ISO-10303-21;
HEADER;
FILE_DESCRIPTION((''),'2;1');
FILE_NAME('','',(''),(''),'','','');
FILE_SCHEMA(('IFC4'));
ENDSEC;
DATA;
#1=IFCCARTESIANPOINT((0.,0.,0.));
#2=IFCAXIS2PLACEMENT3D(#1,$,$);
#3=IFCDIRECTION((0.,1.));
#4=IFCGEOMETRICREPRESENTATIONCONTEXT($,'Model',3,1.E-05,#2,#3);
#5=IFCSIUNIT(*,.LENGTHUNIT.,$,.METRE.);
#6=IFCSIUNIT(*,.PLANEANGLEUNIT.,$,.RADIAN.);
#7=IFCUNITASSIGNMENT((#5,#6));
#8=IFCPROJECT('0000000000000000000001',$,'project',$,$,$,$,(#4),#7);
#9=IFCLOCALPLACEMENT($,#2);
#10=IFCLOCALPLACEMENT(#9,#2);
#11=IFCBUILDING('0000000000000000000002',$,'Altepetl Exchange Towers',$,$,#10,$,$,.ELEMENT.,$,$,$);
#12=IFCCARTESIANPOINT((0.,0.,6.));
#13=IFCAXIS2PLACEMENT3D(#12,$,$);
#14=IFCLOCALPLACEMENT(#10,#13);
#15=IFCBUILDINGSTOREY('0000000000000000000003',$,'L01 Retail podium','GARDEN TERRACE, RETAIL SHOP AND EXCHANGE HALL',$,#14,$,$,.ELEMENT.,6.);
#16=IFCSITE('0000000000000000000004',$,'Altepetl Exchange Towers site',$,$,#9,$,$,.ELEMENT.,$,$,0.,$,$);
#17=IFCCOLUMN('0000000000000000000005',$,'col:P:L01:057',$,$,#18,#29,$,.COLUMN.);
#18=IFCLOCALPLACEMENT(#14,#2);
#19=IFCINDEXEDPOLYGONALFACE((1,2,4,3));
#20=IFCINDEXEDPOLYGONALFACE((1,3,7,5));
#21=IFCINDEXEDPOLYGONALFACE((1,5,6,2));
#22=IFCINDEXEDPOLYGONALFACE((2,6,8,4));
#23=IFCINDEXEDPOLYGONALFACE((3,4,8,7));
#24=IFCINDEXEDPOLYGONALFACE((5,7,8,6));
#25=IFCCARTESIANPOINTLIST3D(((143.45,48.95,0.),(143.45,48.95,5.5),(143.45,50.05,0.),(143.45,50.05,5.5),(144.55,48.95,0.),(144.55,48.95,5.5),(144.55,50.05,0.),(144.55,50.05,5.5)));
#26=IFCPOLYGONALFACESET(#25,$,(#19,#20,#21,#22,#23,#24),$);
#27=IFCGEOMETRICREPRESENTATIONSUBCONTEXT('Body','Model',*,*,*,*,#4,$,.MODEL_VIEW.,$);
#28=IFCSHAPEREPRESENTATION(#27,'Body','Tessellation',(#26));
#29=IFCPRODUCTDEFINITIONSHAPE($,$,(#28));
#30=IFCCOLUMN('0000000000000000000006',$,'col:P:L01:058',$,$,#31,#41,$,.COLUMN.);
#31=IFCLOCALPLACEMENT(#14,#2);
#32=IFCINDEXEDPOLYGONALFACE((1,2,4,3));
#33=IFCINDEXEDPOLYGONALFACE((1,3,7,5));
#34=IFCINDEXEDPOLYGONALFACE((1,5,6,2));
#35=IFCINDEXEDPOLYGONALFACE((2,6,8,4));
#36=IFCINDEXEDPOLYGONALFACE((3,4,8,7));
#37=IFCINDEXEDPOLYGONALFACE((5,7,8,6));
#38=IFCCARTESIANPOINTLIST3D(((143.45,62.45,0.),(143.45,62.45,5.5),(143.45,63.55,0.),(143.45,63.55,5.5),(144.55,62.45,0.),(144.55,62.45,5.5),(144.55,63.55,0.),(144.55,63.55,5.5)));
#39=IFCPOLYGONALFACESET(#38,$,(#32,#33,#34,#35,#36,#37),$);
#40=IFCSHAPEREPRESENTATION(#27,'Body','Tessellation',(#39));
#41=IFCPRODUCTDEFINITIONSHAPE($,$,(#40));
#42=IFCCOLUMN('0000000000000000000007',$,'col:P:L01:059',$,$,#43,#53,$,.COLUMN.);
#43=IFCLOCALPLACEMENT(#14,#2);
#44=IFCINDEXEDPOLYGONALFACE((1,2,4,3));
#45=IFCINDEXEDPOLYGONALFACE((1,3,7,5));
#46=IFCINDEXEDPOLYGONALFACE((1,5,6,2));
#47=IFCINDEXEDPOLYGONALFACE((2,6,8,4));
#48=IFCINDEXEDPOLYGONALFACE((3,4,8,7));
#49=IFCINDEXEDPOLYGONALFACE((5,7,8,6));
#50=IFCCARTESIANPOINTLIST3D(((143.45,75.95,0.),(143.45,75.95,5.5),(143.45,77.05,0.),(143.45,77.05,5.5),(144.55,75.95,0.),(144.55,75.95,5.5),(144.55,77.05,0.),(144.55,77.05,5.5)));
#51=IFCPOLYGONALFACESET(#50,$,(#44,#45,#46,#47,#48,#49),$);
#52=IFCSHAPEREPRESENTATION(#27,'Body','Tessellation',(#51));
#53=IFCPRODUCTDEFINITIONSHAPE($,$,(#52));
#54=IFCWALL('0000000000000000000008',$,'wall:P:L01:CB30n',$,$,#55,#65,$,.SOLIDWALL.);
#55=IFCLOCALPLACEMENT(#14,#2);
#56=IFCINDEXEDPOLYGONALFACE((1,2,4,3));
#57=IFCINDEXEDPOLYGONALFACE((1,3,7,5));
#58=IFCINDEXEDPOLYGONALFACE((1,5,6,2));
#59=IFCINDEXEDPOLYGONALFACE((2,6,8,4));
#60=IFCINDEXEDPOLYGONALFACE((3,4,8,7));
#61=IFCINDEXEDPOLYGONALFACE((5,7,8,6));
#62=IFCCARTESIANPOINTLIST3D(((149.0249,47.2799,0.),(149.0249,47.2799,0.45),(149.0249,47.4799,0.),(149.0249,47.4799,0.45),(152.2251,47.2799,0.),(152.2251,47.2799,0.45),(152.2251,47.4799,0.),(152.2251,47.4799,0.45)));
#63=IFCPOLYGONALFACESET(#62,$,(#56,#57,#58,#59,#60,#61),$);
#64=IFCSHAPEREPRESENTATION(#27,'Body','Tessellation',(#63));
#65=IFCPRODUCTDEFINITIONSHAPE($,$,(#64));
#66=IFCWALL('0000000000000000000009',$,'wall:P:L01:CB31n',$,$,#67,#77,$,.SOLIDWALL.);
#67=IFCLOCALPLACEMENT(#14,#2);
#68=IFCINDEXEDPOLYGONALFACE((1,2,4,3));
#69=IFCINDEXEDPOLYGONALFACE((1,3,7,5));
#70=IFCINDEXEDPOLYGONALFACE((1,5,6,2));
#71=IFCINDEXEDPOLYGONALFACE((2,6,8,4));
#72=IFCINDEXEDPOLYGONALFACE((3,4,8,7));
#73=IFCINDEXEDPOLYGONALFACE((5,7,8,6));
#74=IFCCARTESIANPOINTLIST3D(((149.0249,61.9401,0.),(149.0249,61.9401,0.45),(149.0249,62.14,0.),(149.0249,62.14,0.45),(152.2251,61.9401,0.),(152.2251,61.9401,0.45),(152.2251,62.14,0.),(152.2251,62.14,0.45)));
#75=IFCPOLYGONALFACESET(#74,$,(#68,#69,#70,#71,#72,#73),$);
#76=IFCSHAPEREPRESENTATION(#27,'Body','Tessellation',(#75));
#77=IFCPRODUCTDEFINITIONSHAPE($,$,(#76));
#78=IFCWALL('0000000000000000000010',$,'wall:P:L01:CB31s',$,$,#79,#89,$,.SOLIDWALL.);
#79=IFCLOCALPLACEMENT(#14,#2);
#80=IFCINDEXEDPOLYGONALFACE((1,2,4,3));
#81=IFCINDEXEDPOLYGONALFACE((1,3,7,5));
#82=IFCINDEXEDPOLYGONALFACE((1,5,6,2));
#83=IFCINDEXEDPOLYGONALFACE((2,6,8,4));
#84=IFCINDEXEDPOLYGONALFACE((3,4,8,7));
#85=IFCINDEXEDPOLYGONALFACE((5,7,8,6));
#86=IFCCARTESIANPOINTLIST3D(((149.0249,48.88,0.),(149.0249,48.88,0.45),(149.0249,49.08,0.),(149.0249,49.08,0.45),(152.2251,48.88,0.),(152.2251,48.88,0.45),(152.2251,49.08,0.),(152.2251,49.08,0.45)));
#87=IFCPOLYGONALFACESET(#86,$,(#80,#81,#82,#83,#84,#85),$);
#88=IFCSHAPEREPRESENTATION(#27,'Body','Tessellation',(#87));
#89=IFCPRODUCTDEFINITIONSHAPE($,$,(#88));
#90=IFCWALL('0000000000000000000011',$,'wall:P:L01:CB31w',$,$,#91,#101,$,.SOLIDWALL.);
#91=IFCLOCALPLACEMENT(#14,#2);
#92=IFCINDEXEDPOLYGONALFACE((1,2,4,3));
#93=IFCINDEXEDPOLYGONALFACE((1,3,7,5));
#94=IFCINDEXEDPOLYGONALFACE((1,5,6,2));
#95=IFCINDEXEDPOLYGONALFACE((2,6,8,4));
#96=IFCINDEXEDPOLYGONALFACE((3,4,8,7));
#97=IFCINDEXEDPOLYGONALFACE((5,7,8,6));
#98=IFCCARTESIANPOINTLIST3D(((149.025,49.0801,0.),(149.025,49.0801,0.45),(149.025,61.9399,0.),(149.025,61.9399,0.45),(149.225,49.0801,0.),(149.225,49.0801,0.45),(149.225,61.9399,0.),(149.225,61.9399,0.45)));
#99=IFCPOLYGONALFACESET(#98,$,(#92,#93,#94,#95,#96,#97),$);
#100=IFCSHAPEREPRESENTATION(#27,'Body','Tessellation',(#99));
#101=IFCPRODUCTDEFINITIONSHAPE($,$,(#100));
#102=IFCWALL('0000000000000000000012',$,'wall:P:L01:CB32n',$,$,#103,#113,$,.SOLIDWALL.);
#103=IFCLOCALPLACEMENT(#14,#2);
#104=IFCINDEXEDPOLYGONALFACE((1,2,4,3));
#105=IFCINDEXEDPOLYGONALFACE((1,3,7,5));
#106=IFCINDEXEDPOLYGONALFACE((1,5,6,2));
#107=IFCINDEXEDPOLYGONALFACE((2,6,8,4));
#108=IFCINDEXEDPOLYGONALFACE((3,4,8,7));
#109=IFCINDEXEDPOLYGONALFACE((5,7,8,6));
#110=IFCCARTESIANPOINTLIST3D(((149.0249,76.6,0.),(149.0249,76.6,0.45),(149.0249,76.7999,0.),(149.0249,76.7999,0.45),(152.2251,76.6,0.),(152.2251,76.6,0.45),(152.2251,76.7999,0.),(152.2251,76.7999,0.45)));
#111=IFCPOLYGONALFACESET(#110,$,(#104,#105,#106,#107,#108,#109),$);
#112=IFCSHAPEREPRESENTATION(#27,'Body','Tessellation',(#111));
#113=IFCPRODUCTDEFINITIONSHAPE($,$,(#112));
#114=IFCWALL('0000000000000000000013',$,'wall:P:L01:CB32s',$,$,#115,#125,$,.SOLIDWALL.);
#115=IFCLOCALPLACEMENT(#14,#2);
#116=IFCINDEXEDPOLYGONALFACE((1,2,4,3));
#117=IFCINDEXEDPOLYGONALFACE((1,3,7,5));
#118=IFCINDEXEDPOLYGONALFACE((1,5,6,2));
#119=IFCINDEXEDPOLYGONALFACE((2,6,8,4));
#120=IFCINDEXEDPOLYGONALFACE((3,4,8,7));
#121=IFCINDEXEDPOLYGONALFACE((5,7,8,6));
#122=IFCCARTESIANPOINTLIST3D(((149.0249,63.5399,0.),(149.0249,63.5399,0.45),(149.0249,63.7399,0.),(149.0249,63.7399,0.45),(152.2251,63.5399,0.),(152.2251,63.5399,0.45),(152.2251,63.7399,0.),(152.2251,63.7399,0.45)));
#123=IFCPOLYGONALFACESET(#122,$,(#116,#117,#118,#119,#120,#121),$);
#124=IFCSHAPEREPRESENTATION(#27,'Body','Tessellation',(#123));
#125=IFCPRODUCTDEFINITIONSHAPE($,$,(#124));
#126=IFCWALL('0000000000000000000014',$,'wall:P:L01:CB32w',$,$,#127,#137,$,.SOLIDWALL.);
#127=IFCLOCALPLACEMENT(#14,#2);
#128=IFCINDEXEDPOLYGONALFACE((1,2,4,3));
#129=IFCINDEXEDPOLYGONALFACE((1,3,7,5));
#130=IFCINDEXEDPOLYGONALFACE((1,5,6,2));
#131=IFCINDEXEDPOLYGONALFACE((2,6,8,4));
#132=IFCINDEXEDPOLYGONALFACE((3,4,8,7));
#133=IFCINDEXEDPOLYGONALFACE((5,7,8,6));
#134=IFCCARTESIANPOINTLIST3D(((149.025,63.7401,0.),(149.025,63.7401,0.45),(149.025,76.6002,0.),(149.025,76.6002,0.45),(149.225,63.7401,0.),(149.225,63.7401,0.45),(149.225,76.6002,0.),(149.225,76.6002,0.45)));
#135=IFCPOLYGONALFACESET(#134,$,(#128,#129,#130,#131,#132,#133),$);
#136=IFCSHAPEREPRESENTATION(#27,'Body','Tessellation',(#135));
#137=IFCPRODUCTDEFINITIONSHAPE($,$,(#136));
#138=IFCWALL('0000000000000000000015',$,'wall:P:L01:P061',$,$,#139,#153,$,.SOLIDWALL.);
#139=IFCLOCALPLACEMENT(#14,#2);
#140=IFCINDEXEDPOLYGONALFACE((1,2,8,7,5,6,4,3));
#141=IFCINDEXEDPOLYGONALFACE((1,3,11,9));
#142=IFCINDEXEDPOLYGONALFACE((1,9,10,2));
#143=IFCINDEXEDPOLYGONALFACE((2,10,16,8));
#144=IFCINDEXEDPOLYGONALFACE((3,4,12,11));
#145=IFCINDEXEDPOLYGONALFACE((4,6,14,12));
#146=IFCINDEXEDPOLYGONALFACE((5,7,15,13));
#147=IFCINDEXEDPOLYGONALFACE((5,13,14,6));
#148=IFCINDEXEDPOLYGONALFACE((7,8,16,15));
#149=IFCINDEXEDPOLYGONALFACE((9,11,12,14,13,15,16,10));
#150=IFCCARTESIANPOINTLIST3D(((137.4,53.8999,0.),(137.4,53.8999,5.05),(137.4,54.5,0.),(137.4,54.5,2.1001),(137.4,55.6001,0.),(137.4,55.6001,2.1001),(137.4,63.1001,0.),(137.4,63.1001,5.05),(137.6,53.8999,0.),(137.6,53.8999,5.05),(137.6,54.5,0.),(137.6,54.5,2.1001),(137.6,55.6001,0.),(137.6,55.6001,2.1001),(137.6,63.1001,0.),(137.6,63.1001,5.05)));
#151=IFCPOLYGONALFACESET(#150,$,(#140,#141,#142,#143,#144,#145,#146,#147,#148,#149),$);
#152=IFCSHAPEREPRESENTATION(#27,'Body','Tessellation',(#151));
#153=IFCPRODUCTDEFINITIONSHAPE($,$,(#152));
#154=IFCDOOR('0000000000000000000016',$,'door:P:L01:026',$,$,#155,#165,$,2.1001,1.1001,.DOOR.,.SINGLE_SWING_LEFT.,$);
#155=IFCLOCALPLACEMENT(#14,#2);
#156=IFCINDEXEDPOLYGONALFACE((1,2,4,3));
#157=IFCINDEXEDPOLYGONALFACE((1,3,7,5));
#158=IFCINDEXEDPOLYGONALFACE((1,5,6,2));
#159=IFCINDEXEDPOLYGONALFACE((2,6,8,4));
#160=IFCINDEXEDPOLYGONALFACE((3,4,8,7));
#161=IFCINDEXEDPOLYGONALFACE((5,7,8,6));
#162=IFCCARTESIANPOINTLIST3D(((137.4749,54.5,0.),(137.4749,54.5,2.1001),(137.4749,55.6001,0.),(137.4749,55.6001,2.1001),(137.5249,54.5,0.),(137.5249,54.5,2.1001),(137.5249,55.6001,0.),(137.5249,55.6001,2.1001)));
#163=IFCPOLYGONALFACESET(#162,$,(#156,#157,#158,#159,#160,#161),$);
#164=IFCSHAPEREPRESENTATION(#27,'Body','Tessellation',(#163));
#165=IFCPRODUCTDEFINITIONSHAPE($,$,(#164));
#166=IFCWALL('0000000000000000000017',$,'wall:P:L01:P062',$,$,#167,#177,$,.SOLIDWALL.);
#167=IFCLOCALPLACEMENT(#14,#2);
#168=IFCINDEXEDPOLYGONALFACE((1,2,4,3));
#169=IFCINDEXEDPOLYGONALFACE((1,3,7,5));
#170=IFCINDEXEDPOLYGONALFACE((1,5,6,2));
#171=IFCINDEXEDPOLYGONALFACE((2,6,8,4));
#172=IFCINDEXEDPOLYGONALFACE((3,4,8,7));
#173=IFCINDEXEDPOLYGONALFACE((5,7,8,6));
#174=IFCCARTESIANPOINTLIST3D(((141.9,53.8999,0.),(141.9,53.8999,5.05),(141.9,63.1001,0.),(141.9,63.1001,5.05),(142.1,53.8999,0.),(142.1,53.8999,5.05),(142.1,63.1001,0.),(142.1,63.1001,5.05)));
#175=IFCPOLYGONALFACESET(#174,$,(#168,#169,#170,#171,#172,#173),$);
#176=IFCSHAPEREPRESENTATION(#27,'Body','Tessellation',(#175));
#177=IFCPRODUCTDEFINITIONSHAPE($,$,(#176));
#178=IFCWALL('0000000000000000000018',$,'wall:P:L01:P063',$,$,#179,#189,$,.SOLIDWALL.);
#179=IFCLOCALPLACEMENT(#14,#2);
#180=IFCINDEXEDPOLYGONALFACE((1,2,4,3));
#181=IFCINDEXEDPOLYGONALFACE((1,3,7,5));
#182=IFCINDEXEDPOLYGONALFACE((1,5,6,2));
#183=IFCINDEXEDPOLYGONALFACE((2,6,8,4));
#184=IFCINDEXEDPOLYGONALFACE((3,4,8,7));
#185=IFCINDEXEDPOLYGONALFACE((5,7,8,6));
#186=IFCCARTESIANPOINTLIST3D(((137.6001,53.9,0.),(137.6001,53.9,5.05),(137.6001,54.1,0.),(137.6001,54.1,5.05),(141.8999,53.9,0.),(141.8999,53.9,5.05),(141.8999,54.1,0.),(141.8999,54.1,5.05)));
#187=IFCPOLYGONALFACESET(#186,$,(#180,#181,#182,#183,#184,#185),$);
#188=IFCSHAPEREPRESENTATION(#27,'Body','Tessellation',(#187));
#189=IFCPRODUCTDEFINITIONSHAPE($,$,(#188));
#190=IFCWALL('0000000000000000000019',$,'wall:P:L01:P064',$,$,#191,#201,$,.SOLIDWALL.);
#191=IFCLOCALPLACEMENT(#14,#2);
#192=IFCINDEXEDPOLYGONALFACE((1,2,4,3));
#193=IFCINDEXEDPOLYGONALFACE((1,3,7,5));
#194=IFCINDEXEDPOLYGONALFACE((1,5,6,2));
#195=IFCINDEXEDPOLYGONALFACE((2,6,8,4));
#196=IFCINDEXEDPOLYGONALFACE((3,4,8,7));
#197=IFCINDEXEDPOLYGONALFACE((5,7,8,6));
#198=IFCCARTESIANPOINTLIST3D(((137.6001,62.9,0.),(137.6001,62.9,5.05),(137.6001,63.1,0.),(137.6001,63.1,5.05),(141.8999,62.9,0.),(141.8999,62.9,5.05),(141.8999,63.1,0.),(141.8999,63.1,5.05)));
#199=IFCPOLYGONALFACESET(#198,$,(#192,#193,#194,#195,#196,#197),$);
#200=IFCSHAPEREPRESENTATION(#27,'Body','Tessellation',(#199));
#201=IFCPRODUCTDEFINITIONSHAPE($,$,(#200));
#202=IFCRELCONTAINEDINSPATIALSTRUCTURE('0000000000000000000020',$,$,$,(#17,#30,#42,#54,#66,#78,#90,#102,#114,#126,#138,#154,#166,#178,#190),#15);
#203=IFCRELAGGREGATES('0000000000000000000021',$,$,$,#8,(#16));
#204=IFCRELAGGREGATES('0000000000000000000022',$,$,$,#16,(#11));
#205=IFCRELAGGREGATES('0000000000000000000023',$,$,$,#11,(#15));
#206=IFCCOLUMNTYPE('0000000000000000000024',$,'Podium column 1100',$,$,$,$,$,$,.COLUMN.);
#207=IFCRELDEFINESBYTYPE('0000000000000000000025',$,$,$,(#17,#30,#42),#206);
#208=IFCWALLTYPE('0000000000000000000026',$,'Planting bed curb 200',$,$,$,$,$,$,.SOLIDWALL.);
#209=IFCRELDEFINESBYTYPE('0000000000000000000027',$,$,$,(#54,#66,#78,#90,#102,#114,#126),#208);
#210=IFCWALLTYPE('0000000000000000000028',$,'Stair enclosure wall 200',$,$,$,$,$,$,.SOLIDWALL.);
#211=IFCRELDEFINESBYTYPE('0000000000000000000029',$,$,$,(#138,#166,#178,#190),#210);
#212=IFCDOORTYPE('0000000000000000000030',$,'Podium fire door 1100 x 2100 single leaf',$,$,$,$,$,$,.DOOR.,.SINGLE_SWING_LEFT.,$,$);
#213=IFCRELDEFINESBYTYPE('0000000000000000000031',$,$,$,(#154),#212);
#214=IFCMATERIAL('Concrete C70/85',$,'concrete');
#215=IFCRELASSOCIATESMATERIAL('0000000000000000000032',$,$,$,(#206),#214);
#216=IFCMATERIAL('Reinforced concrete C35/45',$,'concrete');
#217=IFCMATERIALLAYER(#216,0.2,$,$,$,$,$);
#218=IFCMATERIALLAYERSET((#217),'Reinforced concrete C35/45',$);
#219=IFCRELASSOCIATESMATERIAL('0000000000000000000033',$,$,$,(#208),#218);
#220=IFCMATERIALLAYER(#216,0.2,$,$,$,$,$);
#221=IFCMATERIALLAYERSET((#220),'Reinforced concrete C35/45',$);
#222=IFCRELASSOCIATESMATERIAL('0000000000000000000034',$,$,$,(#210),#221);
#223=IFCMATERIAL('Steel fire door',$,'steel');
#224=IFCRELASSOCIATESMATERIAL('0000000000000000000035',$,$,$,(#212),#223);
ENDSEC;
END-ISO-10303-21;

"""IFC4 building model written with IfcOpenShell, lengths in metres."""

from ifc_helpers import new_model, si_unit, direction, frame, frame_2d, origin, origin_2d, place, context, subcontext, project, spatial, rectangle, extrude, material, layer, layer_set, material_profile, profile_set, type_object, element, fill, save


model = new_model("IFC4")

# Units and contexts
model_context = context("Model", 3, precision=1e-05, world=origin(), true_north=direction((0.0, 1.0)))
body_context = subcontext(model_context, "Body", "Model", "MODEL_VIEW")
ifc_project = project(units=[si_unit("LENGTHUNIT", "METRE"), si_unit("PLANEANGLEUNIT", "RADIAN")], contexts=[model_context])

# Site, building, storey
site_placement = place(None, origin())
site = spatial("IfcSite", under=ifc_project, at=site_placement, Name="Altepetl Exchange Towers site", CompositionType="ELEMENT", RefElevation=0.0)
building_placement = place(site_placement, origin())
building = spatial("IfcBuilding", under=site, at=building_placement, Name="Altepetl Exchange Towers", CompositionType="ELEMENT")
storey_placement = place(building_placement, frame((0.0, 0.0, 6.0)))
storey = spatial("IfcBuildingStorey", under=building, at=storey_placement, Name="L01 Retail podium", Description="GARDEN TERRACE, RETAIL SHOP AND EXCHANGE HALL", CompositionType="ELEMENT", Elevation=6.0)

# Columns
ifc_material_1 = material(Name="Concrete C70/85", Category="concrete")
ifc_material_profile = material_profile(ifc_material_1, rectangle(XDim=1.1001, YDim=1.1001, at=origin_2d()), Name="1100 x 1100")
ifc_profile_set = profile_set([ifc_material_profile], Name="Concrete C70/85")
column_type = type_object("IfcColumnType", Name="Podium column 1100", PredefinedType="COLUMN", material=ifc_profile_set)
for number, where, name in (
    (1, (144.0, 49.5, 0.0), "col:P:L01:057"),
    (2, (144.0, 63.0, 0.0), "col:P:L01:058"),
    (3, (144.0, 76.5, 0.0), "col:P:L01:059"),
):
    element("IfcColumn", number, at=place(storey_placement, frame(where)), inside=storey, type_object=column_type, Name=name, PredefinedType="COLUMN", context=body_context, shape_type="SweptSolid", body=[
        extrude(rectangle(XDim=1.1001, YDim=1.1001, at=origin_2d()), origin(), (0.0, 0.0, 1.0), 5.5),
    ])

# Walls
ifc_material_2 = material(Name="Reinforced concrete C35/45", Category="concrete")
ifc_layer_1 = layer(ifc_material_2, 0.2)
ifc_layer_set_1 = layer_set([ifc_layer_1], Name="Reinforced concrete C35/45")
wall_type_1 = type_object("IfcWallType", Name="Planting bed curb 200", PredefinedType="SOLIDWALL", material=ifc_layer_set_1)
for number, where, name in (
    (4, (149.0249, 47.3799, 0.0), "wall:P:L01:CB30n"),
    (5, (149.0249, 62.04, 0.0), "wall:P:L01:CB31n"),
    (6, (149.0249, 48.98, 0.0), "wall:P:L01:CB31s"),
):
    element("IfcWall", number, at=place(storey_placement, frame(where)), inside=storey, type_object=wall_type_1, Name=name, PredefinedType="SOLIDWALL", context=body_context, shape_type="SweptSolid", body=[
        extrude(rectangle(XDim=3.2002, YDim=0.2, at=frame_2d((1.6001, 0.0))), origin(), (0.0, 0.0, 1.0), 0.45),
    ])
wall_1_placement = place(storey_placement, frame((149.125, 49.0801, 0.0), z_axis=(0.0, 0.0, 1.0), x_axis=(0.0, 1.0, 0.0)))
element("IfcWall", 7, at=wall_1_placement, inside=storey, type_object=wall_type_1, Name="wall:P:L01:CB31w", PredefinedType="SOLIDWALL", context=body_context, shape_type="SweptSolid", body=[
    extrude(rectangle(XDim=12.8599, YDim=0.2, at=frame_2d((6.4299, 0.0))), origin(), (0.0, 0.0, 1.0), 0.45),
])
for number, where, name in (
    (8, (149.0249, 76.7, 0.0), "wall:P:L01:CB32n"),
    (9, (149.0249, 63.6399, 0.0), "wall:P:L01:CB32s"),
):
    element("IfcWall", number, at=place(storey_placement, frame(where)), inside=storey, type_object=wall_type_1, Name=name, PredefinedType="SOLIDWALL", context=body_context, shape_type="SweptSolid", body=[
        extrude(rectangle(XDim=3.2002, YDim=0.2, at=frame_2d((1.6001, 0.0))), origin(), (0.0, 0.0, 1.0), 0.45),
    ])
wall_2_placement = place(storey_placement, frame((149.125, 63.74, 0.0), z_axis=(0.0, 0.0, 1.0), x_axis=(0.0, 1.0, 0.0)))
element("IfcWall", 10, at=wall_2_placement, inside=storey, type_object=wall_type_1, Name="wall:P:L01:CB32w", PredefinedType="SOLIDWALL", context=body_context, shape_type="SweptSolid", body=[
    extrude(rectangle(XDim=12.8601, YDim=0.2, at=frame_2d((6.4302, 0.0))), origin(), (0.0, 0.0, 1.0), 0.45),
])

# Wall, opening, door
ifc_layer_2 = layer(ifc_material_2, 0.2)
ifc_layer_set_2 = layer_set([ifc_layer_2], Name="Reinforced concrete C35/45")
wall_type_2 = type_object("IfcWallType", Name="Stair enclosure wall 200", PredefinedType="SOLIDWALL", material=ifc_layer_set_2)
wall_3_placement = place(storey_placement, frame((137.5, 53.8999, 0.0), z_axis=(0.0, 0.0, 1.0), x_axis=(0.0, 1.0, 0.0)))
wall_3 = element("IfcWall", 11, at=wall_3_placement, inside=storey, type_object=wall_type_2, Name="wall:P:L01:P061", PredefinedType="SOLIDWALL", context=body_context, shape_type="SweptSolid", body=[
    extrude(rectangle(XDim=9.2002, YDim=0.2, at=frame_2d((4.6001, 0.0))), origin(), (0.0, 0.0, 1.0), 5.05),
])
opening_1_placement = place(wall_3_placement, frame((0.6001, 0.0, 0.0)))
opening_1 = element("IfcOpeningElement", 12, at=opening_1_placement, cuts=wall_3, PredefinedType="OPENING", context=body_context, shape_type="SweptSolid", body=[
    extrude(rectangle(XDim=1.1001, YDim=2.1001, at=frame_2d((0.55, 1.05))), frame((0.0, 0.1099, 0.0), z_axis=(0.0, -1.0, 0.0), x_axis=(1.0, 0.0, 0.0)), (0.0, 0.0, 1.0), 0.22),
])
ifc_material_3 = material(Name="Steel fire door", Category="steel")
door_type_1 = type_object("IfcDoorType", Name="Podium fire door 1100 x 2100 single leaf", OperationType="SINGLE_SWING_LEFT", PredefinedType="DOOR", material=ifc_material_3)
door_1_placement = place(opening_1_placement, frame((1.1001, 0.0, 0.0), x_axis=(-1.0, 0.0, 0.0)))
door_1 = element("IfcDoor", 13, at=door_1_placement, inside=storey, type_object=door_type_1, Name="door:P:L01:026", OperationType="SINGLE_SWING_LEFT", OverallHeight=2.1001, OverallWidth=1.1001, PredefinedType="DOOR", context=body_context, shape_type="SweptSolid", body=[
    extrude(rectangle(XDim=1.1001, YDim=2.1001, at=frame_2d((0.55, 1.05))), frame((0.0, 0.0249, 0.0), z_axis=(0.0, -1.0, 0.0), x_axis=(1.0, 0.0, 0.0)), (0.0, 0.0, 1.0), 0.05),
])
fill(opening_1, door_1)

# Walls
wall_4_placement = place(storey_placement, frame((142.0, 53.8999, 0.0), z_axis=(0.0, 0.0, 1.0), x_axis=(0.0, 1.0, 0.0)))
element("IfcWall", 14, at=wall_4_placement, inside=storey, type_object=wall_type_2, Name="wall:P:L01:P062", PredefinedType="SOLIDWALL", context=body_context, shape_type="SweptSolid", body=[
    extrude(rectangle(XDim=9.2002, YDim=0.2, at=frame_2d((4.6001, 0.0))), origin(), (0.0, 0.0, 1.0), 5.05),
])
for number, where, name in (
    (15, (137.6001, 54.0, 0.0), "wall:P:L01:P063"),
    (16, (137.6001, 63.0, 0.0), "wall:P:L01:P064"),
):
    element("IfcWall", number, at=place(storey_placement, frame(where)), inside=storey, type_object=wall_type_2, Name=name, PredefinedType="SOLIDWALL", context=body_context, shape_type="SweptSolid", body=[
        extrude(rectangle(XDim=4.2998, YDim=0.2, at=frame_2d((2.1499, 0.0))), origin(), (0.0, 0.0, 1.0), 5.05),
    ])

save(model, "model.ifc")
